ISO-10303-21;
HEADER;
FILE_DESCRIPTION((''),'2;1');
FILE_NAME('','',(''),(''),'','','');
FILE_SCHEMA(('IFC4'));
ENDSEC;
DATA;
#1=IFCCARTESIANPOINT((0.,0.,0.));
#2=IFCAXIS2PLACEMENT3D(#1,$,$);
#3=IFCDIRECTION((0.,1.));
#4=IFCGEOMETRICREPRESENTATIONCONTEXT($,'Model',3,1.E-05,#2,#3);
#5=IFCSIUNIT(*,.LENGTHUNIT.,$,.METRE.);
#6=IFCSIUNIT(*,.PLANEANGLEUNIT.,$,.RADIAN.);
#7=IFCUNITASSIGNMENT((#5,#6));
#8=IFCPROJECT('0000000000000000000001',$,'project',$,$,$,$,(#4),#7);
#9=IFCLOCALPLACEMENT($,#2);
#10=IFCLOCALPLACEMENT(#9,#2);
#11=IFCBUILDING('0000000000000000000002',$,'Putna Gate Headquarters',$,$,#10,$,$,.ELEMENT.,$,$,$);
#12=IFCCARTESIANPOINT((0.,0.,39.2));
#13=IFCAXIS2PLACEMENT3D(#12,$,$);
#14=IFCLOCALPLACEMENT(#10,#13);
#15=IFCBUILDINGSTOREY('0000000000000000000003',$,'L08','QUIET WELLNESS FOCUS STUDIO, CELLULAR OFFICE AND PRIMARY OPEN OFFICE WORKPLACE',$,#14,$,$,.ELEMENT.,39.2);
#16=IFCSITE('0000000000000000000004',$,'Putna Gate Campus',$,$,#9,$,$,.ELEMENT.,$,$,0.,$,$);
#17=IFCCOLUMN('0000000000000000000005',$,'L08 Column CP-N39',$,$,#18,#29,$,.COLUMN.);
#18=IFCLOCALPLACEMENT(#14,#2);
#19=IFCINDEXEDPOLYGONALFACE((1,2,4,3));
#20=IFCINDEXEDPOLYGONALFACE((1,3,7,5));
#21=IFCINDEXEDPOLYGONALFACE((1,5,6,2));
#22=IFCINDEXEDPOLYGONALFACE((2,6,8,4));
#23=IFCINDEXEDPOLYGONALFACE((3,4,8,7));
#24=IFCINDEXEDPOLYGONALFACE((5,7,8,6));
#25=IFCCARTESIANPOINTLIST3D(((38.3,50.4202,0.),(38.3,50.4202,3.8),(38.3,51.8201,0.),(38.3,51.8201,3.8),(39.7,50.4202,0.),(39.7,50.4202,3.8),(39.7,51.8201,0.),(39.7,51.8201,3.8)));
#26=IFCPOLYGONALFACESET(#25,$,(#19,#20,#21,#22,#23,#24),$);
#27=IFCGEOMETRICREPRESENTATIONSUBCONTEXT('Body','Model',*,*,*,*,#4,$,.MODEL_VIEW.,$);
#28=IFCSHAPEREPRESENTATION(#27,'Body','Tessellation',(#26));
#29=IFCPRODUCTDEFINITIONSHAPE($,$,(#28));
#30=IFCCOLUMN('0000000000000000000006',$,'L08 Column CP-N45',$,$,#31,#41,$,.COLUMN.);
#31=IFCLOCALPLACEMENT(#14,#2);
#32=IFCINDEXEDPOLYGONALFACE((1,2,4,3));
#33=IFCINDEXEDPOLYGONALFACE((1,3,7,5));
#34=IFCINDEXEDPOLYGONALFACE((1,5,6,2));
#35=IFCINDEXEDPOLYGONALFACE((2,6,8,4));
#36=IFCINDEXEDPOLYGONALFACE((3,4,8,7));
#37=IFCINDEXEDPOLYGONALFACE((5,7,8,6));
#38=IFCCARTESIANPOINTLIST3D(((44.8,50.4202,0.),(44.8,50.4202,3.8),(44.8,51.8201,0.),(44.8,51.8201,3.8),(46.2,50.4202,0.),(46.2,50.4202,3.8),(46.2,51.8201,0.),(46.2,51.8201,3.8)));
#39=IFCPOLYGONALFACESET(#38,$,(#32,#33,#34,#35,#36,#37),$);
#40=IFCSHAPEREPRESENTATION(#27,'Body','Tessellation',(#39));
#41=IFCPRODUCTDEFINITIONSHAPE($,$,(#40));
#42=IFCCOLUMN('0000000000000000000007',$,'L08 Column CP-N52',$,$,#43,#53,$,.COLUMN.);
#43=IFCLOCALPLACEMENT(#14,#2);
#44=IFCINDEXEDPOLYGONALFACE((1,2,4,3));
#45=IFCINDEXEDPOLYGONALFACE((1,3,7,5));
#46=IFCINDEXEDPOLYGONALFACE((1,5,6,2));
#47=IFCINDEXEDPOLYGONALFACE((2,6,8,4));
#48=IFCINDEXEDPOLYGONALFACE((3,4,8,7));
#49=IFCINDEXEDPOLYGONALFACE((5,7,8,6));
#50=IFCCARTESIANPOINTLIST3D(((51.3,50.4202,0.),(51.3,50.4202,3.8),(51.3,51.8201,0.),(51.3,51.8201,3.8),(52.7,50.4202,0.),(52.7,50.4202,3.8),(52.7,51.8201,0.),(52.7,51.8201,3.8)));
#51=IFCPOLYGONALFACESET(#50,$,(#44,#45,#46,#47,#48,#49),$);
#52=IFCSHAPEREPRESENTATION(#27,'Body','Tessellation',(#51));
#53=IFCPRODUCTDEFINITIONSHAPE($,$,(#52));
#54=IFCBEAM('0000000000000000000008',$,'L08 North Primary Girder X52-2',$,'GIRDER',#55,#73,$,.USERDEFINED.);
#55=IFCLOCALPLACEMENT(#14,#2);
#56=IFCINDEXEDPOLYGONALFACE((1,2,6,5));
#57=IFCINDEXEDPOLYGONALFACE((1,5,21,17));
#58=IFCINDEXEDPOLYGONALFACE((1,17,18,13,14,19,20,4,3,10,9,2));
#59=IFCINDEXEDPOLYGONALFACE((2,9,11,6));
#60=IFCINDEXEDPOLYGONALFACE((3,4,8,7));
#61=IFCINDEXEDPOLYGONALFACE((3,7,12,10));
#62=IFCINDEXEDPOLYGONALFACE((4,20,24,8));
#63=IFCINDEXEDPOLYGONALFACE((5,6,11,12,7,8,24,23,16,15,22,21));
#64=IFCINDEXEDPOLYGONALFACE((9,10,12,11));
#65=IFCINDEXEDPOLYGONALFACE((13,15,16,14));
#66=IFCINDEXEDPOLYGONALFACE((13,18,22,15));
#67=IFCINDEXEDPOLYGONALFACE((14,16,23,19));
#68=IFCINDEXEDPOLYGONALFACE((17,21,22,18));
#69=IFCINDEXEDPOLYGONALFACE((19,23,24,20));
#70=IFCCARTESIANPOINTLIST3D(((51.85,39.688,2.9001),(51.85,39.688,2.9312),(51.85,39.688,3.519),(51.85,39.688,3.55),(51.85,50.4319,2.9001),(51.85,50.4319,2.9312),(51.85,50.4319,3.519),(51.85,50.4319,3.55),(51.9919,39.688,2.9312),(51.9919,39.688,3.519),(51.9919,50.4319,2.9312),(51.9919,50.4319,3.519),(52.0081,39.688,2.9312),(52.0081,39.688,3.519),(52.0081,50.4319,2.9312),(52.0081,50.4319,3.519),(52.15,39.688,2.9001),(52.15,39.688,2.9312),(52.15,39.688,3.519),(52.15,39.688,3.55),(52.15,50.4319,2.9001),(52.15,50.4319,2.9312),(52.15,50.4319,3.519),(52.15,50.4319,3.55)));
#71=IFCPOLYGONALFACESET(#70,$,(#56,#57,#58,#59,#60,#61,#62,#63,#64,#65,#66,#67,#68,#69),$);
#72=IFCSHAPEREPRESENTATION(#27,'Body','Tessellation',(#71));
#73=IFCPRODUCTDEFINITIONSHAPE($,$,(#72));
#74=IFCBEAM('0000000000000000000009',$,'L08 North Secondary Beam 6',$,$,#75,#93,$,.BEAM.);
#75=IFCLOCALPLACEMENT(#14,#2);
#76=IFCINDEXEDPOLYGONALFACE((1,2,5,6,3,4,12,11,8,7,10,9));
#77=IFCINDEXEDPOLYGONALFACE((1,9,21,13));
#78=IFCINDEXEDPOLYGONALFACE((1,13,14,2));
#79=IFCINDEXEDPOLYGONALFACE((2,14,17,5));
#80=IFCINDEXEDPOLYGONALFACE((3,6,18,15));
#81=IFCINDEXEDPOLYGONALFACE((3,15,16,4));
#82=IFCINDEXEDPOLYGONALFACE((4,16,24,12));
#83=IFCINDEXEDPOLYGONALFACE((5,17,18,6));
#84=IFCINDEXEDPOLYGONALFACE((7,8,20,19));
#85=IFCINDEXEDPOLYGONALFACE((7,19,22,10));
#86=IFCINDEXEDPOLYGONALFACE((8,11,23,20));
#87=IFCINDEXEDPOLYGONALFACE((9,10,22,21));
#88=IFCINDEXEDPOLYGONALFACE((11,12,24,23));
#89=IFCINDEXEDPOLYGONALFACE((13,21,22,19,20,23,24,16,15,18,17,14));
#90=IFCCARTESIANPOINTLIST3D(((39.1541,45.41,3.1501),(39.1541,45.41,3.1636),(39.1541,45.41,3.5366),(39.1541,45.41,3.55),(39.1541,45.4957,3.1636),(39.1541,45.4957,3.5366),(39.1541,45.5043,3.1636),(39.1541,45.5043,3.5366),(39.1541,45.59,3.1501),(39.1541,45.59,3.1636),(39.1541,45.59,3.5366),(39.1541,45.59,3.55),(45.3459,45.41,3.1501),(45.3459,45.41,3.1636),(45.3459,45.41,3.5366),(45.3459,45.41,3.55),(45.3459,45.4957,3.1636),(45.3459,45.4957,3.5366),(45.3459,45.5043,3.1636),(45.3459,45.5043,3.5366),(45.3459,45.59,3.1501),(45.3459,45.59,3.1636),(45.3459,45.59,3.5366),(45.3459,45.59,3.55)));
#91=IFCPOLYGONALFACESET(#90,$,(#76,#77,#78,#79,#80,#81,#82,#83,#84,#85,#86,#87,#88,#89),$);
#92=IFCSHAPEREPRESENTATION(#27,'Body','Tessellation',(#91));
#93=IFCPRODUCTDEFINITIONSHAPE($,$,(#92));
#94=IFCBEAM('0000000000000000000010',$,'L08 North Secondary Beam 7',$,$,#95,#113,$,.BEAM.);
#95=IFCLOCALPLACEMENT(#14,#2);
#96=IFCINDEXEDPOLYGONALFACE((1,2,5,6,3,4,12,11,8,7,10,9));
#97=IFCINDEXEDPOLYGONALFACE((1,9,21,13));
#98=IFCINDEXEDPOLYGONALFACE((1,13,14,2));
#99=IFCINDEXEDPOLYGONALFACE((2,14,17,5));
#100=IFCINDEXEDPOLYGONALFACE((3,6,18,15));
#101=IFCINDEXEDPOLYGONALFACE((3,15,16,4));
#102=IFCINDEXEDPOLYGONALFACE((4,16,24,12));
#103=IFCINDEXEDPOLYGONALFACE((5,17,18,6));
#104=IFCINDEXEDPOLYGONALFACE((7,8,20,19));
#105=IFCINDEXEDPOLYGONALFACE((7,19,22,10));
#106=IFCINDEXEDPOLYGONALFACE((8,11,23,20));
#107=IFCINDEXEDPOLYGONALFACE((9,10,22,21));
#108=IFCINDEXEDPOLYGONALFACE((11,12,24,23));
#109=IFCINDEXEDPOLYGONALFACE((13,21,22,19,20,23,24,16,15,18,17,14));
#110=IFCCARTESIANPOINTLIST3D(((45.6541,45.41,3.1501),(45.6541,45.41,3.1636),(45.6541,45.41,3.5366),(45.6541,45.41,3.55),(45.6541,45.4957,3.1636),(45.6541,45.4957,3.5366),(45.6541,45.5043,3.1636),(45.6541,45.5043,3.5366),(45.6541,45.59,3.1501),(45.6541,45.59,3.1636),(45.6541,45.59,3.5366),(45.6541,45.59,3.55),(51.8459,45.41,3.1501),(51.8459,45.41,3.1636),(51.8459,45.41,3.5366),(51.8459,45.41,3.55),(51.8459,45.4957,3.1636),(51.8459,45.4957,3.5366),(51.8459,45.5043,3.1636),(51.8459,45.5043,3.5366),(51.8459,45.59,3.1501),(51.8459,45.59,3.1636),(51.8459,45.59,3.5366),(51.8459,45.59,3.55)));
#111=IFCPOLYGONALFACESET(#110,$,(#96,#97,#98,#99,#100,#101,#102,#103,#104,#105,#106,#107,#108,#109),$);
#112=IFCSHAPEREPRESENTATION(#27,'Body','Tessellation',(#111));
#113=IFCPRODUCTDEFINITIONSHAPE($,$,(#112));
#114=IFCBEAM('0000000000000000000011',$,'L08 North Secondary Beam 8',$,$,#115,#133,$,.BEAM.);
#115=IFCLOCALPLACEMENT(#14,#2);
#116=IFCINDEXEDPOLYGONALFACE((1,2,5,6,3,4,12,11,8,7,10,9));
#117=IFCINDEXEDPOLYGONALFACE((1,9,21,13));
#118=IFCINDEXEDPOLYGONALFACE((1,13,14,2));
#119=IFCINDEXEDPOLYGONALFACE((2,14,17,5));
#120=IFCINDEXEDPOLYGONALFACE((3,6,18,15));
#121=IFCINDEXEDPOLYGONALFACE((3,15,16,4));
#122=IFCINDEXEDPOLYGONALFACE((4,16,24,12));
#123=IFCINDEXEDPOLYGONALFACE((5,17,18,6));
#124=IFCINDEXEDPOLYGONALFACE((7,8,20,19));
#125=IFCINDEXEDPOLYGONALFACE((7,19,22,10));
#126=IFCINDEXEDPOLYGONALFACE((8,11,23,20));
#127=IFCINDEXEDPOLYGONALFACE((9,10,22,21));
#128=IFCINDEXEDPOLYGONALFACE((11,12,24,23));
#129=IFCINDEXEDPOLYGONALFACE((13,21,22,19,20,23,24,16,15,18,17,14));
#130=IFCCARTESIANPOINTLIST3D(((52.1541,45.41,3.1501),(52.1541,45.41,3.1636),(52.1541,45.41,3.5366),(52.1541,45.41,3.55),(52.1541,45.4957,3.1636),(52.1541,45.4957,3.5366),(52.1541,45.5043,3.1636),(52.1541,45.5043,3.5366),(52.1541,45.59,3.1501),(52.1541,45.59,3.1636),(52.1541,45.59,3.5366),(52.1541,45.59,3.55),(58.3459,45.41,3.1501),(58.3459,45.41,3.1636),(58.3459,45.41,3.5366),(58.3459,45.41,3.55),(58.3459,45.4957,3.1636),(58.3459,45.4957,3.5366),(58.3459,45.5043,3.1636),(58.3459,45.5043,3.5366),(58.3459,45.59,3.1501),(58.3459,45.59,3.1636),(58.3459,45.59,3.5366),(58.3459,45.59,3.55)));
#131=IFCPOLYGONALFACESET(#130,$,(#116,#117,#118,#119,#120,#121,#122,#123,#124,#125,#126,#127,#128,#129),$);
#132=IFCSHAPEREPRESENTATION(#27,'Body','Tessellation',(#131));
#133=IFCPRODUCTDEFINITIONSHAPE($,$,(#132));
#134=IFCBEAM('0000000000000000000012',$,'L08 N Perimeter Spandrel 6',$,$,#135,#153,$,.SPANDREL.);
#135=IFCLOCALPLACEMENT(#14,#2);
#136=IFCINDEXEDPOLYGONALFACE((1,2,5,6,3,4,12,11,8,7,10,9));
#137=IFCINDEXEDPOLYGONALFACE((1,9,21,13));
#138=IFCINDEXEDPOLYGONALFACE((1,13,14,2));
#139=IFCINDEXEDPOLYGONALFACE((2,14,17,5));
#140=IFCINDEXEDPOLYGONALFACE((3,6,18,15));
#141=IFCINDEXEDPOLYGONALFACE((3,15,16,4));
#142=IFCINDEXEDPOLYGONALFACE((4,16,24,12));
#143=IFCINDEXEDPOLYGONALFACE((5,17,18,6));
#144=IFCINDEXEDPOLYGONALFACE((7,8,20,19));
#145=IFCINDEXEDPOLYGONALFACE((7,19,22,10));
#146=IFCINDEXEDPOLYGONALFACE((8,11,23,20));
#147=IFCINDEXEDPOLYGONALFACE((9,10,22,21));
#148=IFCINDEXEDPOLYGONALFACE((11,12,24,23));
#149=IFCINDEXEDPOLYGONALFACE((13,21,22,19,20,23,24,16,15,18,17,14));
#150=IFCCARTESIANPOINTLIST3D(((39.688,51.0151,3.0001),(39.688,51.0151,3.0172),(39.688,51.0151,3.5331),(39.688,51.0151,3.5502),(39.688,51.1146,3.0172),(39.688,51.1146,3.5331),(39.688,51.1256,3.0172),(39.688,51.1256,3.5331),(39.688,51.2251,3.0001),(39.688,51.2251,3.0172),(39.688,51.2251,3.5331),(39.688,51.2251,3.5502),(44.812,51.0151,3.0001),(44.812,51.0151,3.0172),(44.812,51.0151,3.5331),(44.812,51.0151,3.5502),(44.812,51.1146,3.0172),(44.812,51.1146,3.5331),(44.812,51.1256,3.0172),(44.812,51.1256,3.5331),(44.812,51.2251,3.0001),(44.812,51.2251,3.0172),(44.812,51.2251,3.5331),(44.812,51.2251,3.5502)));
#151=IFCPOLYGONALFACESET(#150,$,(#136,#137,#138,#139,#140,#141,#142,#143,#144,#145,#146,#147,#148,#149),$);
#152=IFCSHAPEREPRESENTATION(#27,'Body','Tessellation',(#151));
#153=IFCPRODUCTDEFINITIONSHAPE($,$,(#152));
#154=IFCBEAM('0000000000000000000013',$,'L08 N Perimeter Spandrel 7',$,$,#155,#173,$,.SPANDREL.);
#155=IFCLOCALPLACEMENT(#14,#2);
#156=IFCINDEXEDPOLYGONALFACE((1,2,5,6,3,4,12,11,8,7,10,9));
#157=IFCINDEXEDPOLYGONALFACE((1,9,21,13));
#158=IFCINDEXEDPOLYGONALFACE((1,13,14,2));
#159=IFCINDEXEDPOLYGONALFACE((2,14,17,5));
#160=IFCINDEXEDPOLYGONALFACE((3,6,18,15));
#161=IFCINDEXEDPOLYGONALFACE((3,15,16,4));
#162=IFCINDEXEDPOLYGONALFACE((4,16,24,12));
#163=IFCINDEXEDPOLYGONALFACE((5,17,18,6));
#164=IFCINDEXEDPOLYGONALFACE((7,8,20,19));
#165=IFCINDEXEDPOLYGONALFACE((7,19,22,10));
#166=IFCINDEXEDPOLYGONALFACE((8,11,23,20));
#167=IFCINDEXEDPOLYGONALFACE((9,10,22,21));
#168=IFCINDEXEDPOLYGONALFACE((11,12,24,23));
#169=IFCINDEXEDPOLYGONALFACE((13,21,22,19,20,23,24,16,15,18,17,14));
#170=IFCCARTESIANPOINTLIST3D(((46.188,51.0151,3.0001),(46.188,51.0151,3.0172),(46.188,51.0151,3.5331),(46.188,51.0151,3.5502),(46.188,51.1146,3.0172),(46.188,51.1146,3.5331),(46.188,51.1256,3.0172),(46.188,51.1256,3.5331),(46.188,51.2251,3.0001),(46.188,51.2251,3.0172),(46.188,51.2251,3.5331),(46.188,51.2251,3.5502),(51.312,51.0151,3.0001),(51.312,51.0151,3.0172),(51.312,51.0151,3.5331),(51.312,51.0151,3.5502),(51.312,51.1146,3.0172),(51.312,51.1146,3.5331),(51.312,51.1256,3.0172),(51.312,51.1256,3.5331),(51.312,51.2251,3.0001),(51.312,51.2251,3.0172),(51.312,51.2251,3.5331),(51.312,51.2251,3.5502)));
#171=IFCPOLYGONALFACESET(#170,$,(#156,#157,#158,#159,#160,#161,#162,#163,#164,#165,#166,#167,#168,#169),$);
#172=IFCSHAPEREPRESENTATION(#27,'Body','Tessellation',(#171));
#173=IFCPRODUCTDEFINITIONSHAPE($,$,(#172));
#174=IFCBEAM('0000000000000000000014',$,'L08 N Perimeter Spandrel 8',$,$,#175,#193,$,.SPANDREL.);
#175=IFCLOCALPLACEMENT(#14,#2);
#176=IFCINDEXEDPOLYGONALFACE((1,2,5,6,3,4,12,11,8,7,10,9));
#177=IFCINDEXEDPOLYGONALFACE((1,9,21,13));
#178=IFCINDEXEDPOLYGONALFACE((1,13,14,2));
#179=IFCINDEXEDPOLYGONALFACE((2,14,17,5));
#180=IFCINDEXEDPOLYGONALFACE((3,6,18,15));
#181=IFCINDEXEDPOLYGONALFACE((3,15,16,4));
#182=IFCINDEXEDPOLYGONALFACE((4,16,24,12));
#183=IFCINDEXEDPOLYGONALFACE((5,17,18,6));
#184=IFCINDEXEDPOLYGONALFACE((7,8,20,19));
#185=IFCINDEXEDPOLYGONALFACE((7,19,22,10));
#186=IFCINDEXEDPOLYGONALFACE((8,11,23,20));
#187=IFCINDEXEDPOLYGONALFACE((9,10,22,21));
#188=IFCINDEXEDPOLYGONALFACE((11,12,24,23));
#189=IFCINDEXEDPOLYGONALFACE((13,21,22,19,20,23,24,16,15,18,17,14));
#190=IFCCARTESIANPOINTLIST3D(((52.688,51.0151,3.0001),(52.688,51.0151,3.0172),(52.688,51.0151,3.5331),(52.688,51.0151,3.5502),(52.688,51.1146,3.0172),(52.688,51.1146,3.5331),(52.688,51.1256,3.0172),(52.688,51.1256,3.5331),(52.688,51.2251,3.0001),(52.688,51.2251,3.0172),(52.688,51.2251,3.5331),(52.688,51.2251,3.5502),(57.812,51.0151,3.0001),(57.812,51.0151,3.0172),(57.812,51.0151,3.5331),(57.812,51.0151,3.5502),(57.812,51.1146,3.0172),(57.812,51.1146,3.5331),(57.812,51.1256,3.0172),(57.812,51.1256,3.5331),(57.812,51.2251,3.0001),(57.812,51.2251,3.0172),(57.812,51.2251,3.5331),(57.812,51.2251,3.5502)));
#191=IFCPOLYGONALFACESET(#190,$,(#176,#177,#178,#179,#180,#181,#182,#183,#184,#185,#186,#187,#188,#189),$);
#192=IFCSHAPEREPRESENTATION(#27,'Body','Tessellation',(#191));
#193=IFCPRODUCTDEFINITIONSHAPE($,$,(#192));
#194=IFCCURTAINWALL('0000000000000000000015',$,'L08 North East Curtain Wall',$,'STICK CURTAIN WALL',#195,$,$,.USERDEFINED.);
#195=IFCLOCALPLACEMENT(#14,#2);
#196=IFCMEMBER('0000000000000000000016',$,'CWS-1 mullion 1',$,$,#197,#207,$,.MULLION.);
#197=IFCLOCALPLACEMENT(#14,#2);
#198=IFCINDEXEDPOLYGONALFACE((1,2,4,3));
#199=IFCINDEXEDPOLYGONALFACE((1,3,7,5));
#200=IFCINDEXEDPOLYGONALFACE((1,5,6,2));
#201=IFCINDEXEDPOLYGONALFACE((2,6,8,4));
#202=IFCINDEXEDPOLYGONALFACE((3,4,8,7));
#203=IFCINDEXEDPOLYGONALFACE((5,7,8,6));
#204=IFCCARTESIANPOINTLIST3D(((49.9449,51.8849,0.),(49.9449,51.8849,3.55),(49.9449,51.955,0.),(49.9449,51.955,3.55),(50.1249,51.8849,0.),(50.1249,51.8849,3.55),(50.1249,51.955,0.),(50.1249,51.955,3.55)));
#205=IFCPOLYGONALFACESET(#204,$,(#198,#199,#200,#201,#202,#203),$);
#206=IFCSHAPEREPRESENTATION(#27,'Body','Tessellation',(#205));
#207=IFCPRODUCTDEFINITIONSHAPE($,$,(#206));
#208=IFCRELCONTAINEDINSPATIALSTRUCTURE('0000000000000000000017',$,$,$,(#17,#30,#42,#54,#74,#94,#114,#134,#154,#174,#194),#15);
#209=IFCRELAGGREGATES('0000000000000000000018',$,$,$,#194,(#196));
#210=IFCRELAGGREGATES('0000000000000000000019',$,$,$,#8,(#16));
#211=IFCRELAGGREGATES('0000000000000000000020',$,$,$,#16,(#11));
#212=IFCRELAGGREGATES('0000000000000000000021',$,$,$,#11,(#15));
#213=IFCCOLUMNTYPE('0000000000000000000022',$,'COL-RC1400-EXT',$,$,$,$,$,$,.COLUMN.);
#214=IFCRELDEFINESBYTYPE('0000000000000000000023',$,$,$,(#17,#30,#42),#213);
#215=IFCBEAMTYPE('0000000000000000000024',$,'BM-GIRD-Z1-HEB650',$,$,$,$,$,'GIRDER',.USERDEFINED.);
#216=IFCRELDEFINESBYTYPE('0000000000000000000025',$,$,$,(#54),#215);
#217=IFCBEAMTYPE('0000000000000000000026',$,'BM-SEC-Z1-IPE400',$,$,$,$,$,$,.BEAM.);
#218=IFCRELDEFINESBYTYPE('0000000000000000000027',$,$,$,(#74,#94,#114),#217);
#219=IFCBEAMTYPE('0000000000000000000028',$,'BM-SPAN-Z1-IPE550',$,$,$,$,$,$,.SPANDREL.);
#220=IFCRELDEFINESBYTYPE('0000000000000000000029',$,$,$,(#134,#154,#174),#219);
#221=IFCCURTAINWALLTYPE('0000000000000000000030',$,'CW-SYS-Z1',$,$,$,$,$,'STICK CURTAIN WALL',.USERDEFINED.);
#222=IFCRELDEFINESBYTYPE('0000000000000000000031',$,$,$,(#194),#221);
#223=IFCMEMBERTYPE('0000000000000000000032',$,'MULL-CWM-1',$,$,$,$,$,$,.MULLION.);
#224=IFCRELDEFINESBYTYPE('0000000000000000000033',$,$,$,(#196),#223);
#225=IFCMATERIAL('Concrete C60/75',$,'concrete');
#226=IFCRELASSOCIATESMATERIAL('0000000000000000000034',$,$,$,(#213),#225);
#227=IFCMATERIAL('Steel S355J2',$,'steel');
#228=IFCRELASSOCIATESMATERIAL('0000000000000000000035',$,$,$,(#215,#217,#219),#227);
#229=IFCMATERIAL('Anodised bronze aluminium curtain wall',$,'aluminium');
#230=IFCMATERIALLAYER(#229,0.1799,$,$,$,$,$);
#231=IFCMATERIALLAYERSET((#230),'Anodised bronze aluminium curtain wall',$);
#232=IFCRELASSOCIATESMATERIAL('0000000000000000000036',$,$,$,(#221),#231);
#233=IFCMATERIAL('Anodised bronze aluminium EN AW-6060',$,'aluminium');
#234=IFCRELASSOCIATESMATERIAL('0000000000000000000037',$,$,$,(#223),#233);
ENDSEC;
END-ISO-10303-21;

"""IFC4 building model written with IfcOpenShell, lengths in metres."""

from ifc_helpers import new_model, si_unit, direction, frame, origin, origin_2d, place, context, subcontext, project, spatial, rectangle, i_section, extrude, material, layer, layer_set, material_profile, profile_set, type_object, element, aggregate, save


model = new_model("IFC4")

# Units and contexts
model_context = context("Model", 3, precision=1e-05, world=origin(), true_north=direction((0.0, 1.0)))
body_context = subcontext(model_context, "Body", "Model", "MODEL_VIEW")
ifc_project = project(units=[si_unit("LENGTHUNIT", "METRE"), si_unit("PLANEANGLEUNIT", "RADIAN")], contexts=[model_context])

# Site, building, storey
site_placement = place(None, origin())
site = spatial("IfcSite", under=ifc_project, at=site_placement, Name="Putna Gate Campus", CompositionType="ELEMENT", RefElevation=0.0)
building_placement = place(site_placement, origin())
building = spatial("IfcBuilding", under=site, at=building_placement, Name="Putna Gate Headquarters", CompositionType="ELEMENT")
storey_placement = place(building_placement, frame((0.0, 0.0, 39.2)))
storey = spatial("IfcBuildingStorey", under=building, at=storey_placement, Name="L08", Description="QUIET WELLNESS FOCUS STUDIO, CELLULAR OFFICE AND PRIMARY OPEN OFFICE WORKPLACE", CompositionType="ELEMENT", Elevation=39.2)

# Columns
ifc_material_1 = material(Name="Concrete C60/75", Category="concrete")
ifc_material_profile_1 = material_profile(ifc_material_1, rectangle(XDim=1.3999, YDim=1.3999, at=origin_2d()), Name="Concrete C60/75")
ifc_profile_set_1 = profile_set([ifc_material_profile_1], Name="Concrete C60/75")
column_type = type_object("IfcColumnType", Name="COL-RC1400-EXT", PredefinedType="COLUMN", material=ifc_profile_set_1)
for number, where, z_axis, x_axis, name in (
    (1, (39.0, 51.1201, 0.0), (0.0, 0.0, 1.0), (1.0, 0.0, 0.0), "L08 Column CP-N39"),
    (2, (45.5, 51.1201, 0.0), (0.0, 0.0, 1.0), (1.0, 0.0, 0.0), "L08 Column CP-N45"),
    (3, (52.0, 51.1201, 0.0), (0.0, 0.0, 1.0), (1.0, 0.0, 0.0), "L08 Column CP-N52"),
):
    element("IfcColumn", number, at=place(storey_placement, frame(where, z_axis=z_axis, x_axis=x_axis)), inside=storey, type_object=column_type, Name=name, PredefinedType="COLUMN", context=body_context, shape_type="SweptSolid", body=[
        extrude(rectangle(XDim=1.3999, YDim=1.3999, at=origin_2d()), origin(), (0.0, 0.0, 1.0), 3.8),
    ])

# Beams
ifc_material_2 = material(Name="Steel S355J2", Category="steel")
ifc_material_profile_2 = material_profile(ifc_material_2, i_section(OverallWidth=0.3, OverallDepth=0.6499, WebThickness=0.0161, FlangeThickness=0.031, at=origin_2d()), Name="Steel S355J2")
ifc_profile_set_2 = profile_set([ifc_material_profile_2], Name="Steel S355J2")
beam_type_1 = type_object("IfcBeamType", Name="BM-GIRD-Z1-HEB650", ElementType="GIRDER", PredefinedType="USERDEFINED", material=ifc_profile_set_2)
beam_placement = place(storey_placement, frame((52.0, 39.688, 3.2251), z_axis=(0.0, 1.0, 0.0), x_axis=(-1.0, 0.0, 0.0)))
element("IfcBeam", 4, at=beam_placement, inside=storey, type_object=beam_type_1, Name="L08 North Primary Girder X52-2", ObjectType="GIRDER", PredefinedType="USERDEFINED", context=body_context, shape_type="SweptSolid", body=[
    extrude(i_section(OverallWidth=0.3, OverallDepth=0.6499, WebThickness=0.0161, FlangeThickness=0.031, at=origin_2d()), origin(), (0.0, 0.0, 1.0), 10.7439),
])
ifc_material_profile_3 = material_profile(ifc_material_2, i_section(OverallWidth=0.1799, OverallDepth=0.3999, WebThickness=0.0085, FlangeThickness=0.0134, at=origin_2d()), Name="Steel S355J2")
ifc_profile_set_3 = profile_set([ifc_material_profile_3], Name="Steel S355J2")
beam_type_2 = type_object("IfcBeamType", Name="BM-SEC-Z1-IPE400", PredefinedType="BEAM", material=ifc_profile_set_3)
for number, where, z_axis, x_axis, name in (
    (5, (39.1541, 45.5, 3.3501), (1.0, 0.0, 0.0), (0.0, 1.0, 0.0), "L08 North Secondary Beam 6"),
    (6, (45.6541, 45.5, 3.3501), (1.0, 0.0, 0.0), (0.0, 1.0, 0.0), "L08 North Secondary Beam 7"),
    (7, (52.1541, 45.5, 3.3501), (1.0, 0.0, 0.0), (0.0, 1.0, 0.0), "L08 North Secondary Beam 8"),
):
    element("IfcBeam", number, at=place(storey_placement, frame(where, z_axis=z_axis, x_axis=x_axis)), inside=storey, type_object=beam_type_2, Name=name, PredefinedType="BEAM", context=body_context, shape_type="SweptSolid", body=[
        extrude(i_section(OverallWidth=0.1799, OverallDepth=0.3999, WebThickness=0.0085, FlangeThickness=0.0134, at=origin_2d()), origin(), (0.0, 0.0, 1.0), 6.1919),
    ])
ifc_material_profile_4 = material_profile(ifc_material_2, i_section(OverallWidth=0.21, OverallDepth=0.55, WebThickness=0.011, FlangeThickness=0.0171, at=origin_2d()), Name="Steel S355J2")
ifc_profile_set_4 = profile_set([ifc_material_profile_4], Name="Steel S355J2")
beam_type_3 = type_object("IfcBeamType", Name="BM-SPAN-Z1-IPE550", PredefinedType="SPANDREL", material=ifc_profile_set_4)
for number, where, z_axis, x_axis, name in (
    (8, (39.688, 51.1201, 3.2751), (1.0, 0.0, 0.0), (0.0, 1.0, 0.0), "L08 N Perimeter Spandrel 6"),
    (9, (46.188, 51.1201, 3.2751), (1.0, 0.0, 0.0), (0.0, 1.0, 0.0), "L08 N Perimeter Spandrel 7"),
    (10, (52.688, 51.1201, 3.2751), (1.0, 0.0, 0.0), (0.0, 1.0, 0.0), "L08 N Perimeter Spandrel 8"),
):
    element("IfcBeam", number, at=place(storey_placement, frame(where, z_axis=z_axis, x_axis=x_axis)), inside=storey, type_object=beam_type_3, Name=name, PredefinedType="SPANDREL", context=body_context, shape_type="SweptSolid", body=[
        extrude(i_section(OverallWidth=0.21, OverallDepth=0.55, WebThickness=0.011, FlangeThickness=0.0171, at=origin_2d()), origin(), (0.0, 0.0, 1.0), 5.124),
    ])

# Curtain wall, member
ifc_material_3 = material(Name="Anodised bronze aluminium curtain wall", Category="aluminium")
ifc_layer_1 = layer(ifc_material_3, 0.1799)
ifc_layer_set_1 = layer_set([ifc_layer_1], Name="Anodised bronze aluminium curtain wall")
curtain_wall_type_1 = type_object("IfcCurtainWallType", Name="CW-SYS-Z1", ElementType="STICK CURTAIN WALL", PredefinedType="USERDEFINED", material=ifc_layer_set_1)
curtain_wall_1_placement = place(storey_placement, origin())
curtain_wall_1 = element("IfcCurtainWall", 11, at=curtain_wall_1_placement, inside=storey, type_object=curtain_wall_type_1, Name="L08 North East Curtain Wall", ObjectType="STICK CURTAIN WALL", PredefinedType="USERDEFINED")
ifc_material_4 = material(Name="Anodised bronze aluminium EN AW-6060", Category="aluminium")
ifc_material_profile_5 = material_profile(ifc_material_4, rectangle(XDim=0.0701, YDim=0.1799, at=origin_2d()), Name="Anodised bronze aluminium EN AW-6060")
ifc_profile_set_5 = profile_set([ifc_material_profile_5], Name="Anodised bronze aluminium EN AW-6060")
member_type_1 = type_object("IfcMemberType", Name="MULL-CWM-1", PredefinedType="MULLION", material=ifc_profile_set_5)
member_1_placement = place(storey_placement, frame((50.0349, 51.9199, 0.0), z_axis=(0.0, 0.0, 1.0), x_axis=(0.0, 1.0, 0.0)))
member_1 = element("IfcMember", 12, at=member_1_placement, type_object=member_type_1, Name="CWS-1 mullion 1", PredefinedType="MULLION", context=body_context, shape_type="SweptSolid", body=[
    extrude(rectangle(XDim=0.0701, YDim=0.1799, at=origin_2d()), origin(), (0.0, 0.0, 1.0), 3.55),
])

aggregate(curtain_wall_1, [member_1])

save(model, "model.ifc")
